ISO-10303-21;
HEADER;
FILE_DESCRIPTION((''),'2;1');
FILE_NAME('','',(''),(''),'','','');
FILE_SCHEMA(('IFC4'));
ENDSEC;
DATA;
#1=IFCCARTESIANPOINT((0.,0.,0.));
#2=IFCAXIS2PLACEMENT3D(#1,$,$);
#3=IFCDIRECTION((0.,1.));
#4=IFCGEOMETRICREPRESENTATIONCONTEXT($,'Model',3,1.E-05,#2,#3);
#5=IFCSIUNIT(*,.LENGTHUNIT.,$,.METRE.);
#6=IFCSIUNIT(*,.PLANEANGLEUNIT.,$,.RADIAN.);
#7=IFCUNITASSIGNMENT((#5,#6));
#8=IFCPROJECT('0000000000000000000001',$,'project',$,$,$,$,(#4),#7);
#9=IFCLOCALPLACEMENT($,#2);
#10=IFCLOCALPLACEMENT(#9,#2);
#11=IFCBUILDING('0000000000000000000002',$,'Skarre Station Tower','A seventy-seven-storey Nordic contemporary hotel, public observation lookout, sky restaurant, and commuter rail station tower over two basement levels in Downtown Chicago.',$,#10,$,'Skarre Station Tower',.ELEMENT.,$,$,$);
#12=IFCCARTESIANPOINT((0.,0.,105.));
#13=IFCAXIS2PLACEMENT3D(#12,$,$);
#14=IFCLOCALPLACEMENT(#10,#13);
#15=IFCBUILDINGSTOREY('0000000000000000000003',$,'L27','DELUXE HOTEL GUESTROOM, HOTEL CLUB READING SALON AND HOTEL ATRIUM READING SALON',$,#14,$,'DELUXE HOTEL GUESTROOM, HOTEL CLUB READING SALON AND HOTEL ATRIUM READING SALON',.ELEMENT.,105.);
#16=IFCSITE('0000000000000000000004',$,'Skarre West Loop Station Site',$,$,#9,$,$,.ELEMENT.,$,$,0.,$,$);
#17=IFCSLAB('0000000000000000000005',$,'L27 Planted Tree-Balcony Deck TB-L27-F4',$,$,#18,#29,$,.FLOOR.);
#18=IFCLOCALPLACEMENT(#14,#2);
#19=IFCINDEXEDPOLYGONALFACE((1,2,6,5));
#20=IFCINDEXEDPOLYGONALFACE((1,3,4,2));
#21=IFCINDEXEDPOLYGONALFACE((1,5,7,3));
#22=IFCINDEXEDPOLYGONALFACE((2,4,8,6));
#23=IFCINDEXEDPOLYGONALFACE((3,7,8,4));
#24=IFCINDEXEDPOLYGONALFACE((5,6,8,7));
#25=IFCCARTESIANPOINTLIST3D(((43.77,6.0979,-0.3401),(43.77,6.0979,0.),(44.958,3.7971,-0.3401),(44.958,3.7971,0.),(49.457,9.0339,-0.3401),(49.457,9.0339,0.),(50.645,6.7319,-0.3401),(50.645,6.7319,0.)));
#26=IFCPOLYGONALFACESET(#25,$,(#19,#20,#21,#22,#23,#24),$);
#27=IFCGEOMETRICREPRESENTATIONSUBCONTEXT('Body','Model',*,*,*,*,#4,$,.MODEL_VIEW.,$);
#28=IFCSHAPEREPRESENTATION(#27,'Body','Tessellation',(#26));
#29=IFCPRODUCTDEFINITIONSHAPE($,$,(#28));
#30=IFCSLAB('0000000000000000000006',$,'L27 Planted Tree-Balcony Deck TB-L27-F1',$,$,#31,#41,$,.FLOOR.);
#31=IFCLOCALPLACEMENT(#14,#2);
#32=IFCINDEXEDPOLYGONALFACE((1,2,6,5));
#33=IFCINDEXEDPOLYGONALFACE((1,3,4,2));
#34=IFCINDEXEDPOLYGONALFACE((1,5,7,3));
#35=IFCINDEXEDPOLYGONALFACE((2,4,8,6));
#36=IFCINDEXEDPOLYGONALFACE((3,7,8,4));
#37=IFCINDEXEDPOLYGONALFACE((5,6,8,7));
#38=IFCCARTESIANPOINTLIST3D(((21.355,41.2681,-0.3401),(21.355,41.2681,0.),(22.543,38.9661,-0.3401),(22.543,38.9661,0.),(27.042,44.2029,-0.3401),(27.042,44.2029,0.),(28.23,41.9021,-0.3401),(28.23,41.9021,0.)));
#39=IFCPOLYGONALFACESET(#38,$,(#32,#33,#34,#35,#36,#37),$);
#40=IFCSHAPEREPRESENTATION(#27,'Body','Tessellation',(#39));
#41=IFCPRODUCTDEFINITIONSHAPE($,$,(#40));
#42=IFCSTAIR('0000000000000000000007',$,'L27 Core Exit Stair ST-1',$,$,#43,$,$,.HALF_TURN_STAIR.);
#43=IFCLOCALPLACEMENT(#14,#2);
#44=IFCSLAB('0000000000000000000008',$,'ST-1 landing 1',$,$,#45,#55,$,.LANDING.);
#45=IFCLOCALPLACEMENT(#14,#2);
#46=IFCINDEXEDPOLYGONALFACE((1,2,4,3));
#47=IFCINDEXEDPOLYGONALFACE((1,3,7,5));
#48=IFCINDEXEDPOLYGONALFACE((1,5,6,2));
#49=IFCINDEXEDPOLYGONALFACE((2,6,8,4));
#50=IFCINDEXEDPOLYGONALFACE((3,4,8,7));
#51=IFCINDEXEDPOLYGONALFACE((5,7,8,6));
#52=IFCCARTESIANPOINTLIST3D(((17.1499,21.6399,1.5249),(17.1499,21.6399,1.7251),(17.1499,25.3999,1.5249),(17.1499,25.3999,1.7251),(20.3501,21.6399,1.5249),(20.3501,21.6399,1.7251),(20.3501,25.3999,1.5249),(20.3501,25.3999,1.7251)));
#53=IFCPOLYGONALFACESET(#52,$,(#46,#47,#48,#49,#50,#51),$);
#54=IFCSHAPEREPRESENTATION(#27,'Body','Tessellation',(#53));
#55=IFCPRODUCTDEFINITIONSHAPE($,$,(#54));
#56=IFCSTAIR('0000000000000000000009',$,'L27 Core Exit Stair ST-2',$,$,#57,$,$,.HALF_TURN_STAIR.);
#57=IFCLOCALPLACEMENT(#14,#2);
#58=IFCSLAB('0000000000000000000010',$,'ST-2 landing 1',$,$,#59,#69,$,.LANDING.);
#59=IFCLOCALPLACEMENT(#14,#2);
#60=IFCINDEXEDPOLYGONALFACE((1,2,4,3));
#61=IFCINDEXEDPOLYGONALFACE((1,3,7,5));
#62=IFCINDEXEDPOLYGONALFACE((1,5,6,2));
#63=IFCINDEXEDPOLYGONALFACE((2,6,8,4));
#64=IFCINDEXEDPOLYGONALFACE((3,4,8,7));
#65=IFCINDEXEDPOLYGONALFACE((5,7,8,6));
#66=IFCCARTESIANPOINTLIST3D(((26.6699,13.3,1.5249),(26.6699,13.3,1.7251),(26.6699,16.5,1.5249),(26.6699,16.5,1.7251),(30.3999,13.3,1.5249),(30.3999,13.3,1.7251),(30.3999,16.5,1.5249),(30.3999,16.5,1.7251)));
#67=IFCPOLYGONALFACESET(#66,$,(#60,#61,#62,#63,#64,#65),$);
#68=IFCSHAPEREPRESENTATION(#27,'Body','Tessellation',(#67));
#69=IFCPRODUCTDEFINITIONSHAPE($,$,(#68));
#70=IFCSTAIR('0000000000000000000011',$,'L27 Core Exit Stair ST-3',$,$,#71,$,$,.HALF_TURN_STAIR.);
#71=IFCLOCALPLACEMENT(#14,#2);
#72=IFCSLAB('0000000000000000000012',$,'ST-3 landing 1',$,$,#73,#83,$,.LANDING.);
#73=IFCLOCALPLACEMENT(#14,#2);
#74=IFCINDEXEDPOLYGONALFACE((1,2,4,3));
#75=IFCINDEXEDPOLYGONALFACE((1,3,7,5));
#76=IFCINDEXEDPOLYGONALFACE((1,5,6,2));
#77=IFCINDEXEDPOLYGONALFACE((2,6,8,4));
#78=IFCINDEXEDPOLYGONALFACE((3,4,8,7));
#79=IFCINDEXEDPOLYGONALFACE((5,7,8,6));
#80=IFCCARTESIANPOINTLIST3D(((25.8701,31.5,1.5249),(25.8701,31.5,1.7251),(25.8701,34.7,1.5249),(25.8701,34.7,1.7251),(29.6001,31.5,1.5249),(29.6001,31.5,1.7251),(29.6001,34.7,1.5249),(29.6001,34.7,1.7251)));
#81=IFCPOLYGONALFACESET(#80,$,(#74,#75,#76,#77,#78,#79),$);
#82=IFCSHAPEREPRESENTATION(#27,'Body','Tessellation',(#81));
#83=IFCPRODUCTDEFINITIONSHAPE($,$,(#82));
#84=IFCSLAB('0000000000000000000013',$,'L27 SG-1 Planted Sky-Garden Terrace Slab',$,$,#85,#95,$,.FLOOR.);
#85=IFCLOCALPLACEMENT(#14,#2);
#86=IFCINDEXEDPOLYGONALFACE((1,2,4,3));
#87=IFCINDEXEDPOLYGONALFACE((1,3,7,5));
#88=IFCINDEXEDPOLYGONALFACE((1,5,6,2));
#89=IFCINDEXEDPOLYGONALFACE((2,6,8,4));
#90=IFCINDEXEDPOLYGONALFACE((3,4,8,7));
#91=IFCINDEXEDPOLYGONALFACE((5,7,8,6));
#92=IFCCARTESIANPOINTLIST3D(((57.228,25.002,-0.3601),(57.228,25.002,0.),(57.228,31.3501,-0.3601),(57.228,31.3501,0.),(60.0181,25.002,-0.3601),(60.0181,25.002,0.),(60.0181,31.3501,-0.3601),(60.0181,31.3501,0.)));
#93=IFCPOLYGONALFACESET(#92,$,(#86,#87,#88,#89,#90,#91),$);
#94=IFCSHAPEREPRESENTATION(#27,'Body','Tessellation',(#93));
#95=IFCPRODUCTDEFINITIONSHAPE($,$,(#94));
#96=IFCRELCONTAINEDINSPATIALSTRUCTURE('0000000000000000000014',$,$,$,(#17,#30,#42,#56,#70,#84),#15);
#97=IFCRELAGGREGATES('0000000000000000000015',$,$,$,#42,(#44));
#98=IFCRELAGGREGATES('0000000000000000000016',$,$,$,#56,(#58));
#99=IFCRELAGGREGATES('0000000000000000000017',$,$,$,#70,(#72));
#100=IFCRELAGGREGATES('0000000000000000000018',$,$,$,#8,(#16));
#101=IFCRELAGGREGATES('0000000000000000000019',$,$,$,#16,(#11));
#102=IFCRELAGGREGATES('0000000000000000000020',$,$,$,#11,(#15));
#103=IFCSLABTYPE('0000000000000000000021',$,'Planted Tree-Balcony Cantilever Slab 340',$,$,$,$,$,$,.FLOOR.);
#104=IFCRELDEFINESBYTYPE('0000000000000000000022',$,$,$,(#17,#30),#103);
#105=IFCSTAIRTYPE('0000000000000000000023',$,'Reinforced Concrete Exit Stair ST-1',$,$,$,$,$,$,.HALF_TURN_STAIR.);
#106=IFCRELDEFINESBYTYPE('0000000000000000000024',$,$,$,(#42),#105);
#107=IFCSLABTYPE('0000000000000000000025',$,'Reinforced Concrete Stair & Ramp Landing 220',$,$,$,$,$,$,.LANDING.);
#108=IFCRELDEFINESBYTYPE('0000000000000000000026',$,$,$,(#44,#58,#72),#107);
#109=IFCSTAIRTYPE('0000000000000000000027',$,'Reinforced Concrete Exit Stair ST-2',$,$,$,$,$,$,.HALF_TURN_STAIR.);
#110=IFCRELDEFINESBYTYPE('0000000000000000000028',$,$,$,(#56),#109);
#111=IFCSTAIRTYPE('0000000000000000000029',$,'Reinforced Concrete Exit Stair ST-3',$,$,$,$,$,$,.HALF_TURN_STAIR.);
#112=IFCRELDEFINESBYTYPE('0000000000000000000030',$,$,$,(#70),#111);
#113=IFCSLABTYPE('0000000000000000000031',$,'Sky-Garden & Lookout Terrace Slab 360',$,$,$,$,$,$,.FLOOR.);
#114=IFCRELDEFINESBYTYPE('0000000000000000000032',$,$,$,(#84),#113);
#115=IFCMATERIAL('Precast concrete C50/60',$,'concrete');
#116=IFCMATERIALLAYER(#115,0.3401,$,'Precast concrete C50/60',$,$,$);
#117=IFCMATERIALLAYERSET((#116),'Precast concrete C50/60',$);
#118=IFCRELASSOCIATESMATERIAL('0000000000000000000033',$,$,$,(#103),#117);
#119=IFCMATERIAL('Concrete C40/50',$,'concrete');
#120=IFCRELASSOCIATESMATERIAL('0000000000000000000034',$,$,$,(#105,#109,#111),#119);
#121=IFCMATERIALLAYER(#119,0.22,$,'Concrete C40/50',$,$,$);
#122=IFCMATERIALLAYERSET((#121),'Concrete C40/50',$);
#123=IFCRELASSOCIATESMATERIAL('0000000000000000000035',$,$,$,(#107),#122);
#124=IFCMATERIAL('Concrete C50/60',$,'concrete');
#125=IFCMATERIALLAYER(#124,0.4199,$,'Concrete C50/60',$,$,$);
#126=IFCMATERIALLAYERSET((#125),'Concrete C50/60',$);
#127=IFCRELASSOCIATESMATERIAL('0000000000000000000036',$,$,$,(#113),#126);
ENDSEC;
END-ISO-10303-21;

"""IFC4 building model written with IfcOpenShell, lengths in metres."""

from ifc_helpers import new_model, si_unit, direction, frame, origin, place, context, subcontext, project, spatial, polyline, outline, extrude, material, layer, layer_set, type_object, element, aggregate, save


model = new_model("IFC4")

# Units and contexts
model_context = context("Model", 3, precision=1e-05, world=origin(), true_north=direction((0.0, 1.0)))
body_context = subcontext(model_context, "Body", "Model", "MODEL_VIEW")
ifc_project = project(units=[si_unit("LENGTHUNIT", "METRE"), si_unit("PLANEANGLEUNIT", "RADIAN")], contexts=[model_context])

# Site, building, storey
site_placement = place(None, origin())
site = spatial("IfcSite", under=ifc_project, at=site_placement, Name="Skarre West Loop Station Site", CompositionType="ELEMENT", RefElevation=0.0)
building_placement = place(site_placement, origin())
building = spatial("IfcBuilding", under=site, at=building_placement, Name="Skarre Station Tower", Description="A seventy-seven-storey Nordic contemporary hotel, public observation lookout, sky restaurant, and commuter rail station tower over two basement levels in Downtown Chicago.", LongName="Skarre Station Tower", CompositionType="ELEMENT")
storey_placement = place(building_placement, frame((0.0, 0.0, 105.0)))
storey = spatial("IfcBuildingStorey", under=building, at=storey_placement, Name="L27", Description="DELUXE HOTEL GUESTROOM, HOTEL CLUB READING SALON AND HOTEL ATRIUM READING SALON", LongName="DELUXE HOTEL GUESTROOM, HOTEL CLUB READING SALON AND HOTEL ATRIUM READING SALON", CompositionType="ELEMENT", Elevation=105.0)

# Slabs
ifc_material_1 = material(Name="Precast concrete C50/60", Category="concrete")
ifc_layer_1 = layer(ifc_material_1, 0.3401, Name="Precast concrete C50/60")
ifc_layer_set_1 = layer_set([ifc_layer_1], Name="Precast concrete C50/60")
slab_type_1 = type_object("IfcSlabType", Name="Planted Tree-Balcony Cantilever Slab 340", PredefinedType="FLOOR", material=ifc_layer_set_1)
slab_1_placement = place(storey_placement, frame((0.0, 0.0, -0.3401)))
element("IfcSlab", 1, at=slab_1_placement, inside=storey, type_object=slab_type_1, Name="L27 Planted Tree-Balcony Deck TB-L27-F4", PredefinedType="FLOOR", context=body_context, shape_type="SweptSolid", body=[
    extrude(outline(polyline([(43.77, 6.0979), (49.457, 9.0339), (50.645, 6.7319), (44.958, 3.7971), (43.77, 6.0979)])), origin(), (0.0, 0.0, 1.0), 0.3401),
])
slab_2_placement = place(storey_placement, frame((0.0, 0.0, -0.3401)))
element("IfcSlab", 2, at=slab_2_placement, inside=storey, type_object=slab_type_1, Name="L27 Planted Tree-Balcony Deck TB-L27-F1", PredefinedType="FLOOR", context=body_context, shape_type="SweptSolid", body=[
    extrude(outline(polyline([(28.23, 41.9021), (22.543, 38.9661), (21.355, 41.2681), (27.042, 44.2029), (28.23, 41.9021)])), origin(), (0.0, 0.0, 1.0), 0.3401),
])

# Stairs, slabs
ifc_material_2 = material(Name="Concrete C40/50", Category="concrete")
stair_type_1 = type_object("IfcStairType", Name="Reinforced Concrete Exit Stair ST-1", PredefinedType="HALF_TURN_STAIR", material=ifc_material_2)
stair_1_placement = place(storey_placement, origin())
stair_1 = element("IfcStair", 3, at=stair_1_placement, inside=storey, type_object=stair_type_1, Name="L27 Core Exit Stair ST-1", PredefinedType="HALF_TURN_STAIR")
ifc_layer_2 = layer(ifc_material_2, 0.22, Name="Concrete C40/50")
ifc_layer_set_2 = layer_set([ifc_layer_2], Name="Concrete C40/50")
slab_type_2 = type_object("IfcSlabType", Name="Reinforced Concrete Stair & Ramp Landing 220", PredefinedType="LANDING", material=ifc_layer_set_2)
slab_3_placement = place(storey_placement, frame((0.0, 0.0, 1.5249)))
slab_3 = element("IfcSlab", 4, at=slab_3_placement, type_object=slab_type_2, Name="ST-1 landing 1", PredefinedType="LANDING", context=body_context, shape_type="SweptSolid", body=[
    extrude(outline(polyline([(20.3501, 21.6399), (20.3501, 25.3999), (17.1499, 25.3999), (17.1499, 21.6399), (20.3501, 21.6399)])), origin(), (0.0, 0.0, 1.0), 0.2002),
])
aggregate(stair_1, [slab_3])
stair_type_2 = type_object("IfcStairType", Name="Reinforced Concrete Exit Stair ST-2", PredefinedType="HALF_TURN_STAIR", material=ifc_material_2)
stair_2_placement = place(storey_placement, origin())
stair_2 = element("IfcStair", 5, at=stair_2_placement, inside=storey, type_object=stair_type_2, Name="L27 Core Exit Stair ST-2", PredefinedType="HALF_TURN_STAIR")
slab_4_placement = place(storey_placement, frame((0.0, 0.0, 1.5249)))
slab_4 = element("IfcSlab", 6, at=slab_4_placement, type_object=slab_type_2, Name="ST-2 landing 1", PredefinedType="LANDING", context=body_context, shape_type="SweptSolid", body=[
    extrude(outline(polyline([(26.6699, 13.3), (30.3999, 13.3), (30.3999, 16.5), (26.6699, 16.5), (26.6699, 13.3)])), origin(), (0.0, 0.0, 1.0), 0.2002),
])
aggregate(stair_2, [slab_4])
stair_type_3 = type_object("IfcStairType", Name="Reinforced Concrete Exit Stair ST-3", PredefinedType="HALF_TURN_STAIR", material=ifc_material_2)
stair_3_placement = place(storey_placement, origin())
stair_3 = element("IfcStair", 7, at=stair_3_placement, inside=storey, type_object=stair_type_3, Name="L27 Core Exit Stair ST-3", PredefinedType="HALF_TURN_STAIR")
slab_5_placement = place(storey_placement, frame((0.0, 0.0, 1.5249)))
slab_5 = element("IfcSlab", 8, at=slab_5_placement, type_object=slab_type_2, Name="ST-3 landing 1", PredefinedType="LANDING", context=body_context, shape_type="SweptSolid", body=[
    extrude(outline(polyline([(25.8701, 31.5), (29.6001, 31.5), (29.6001, 34.7), (25.8701, 34.7), (25.8701, 31.5)])), origin(), (0.0, 0.0, 1.0), 0.2002),
])
aggregate(stair_3, [slab_5])

# Slab
ifc_material_3 = material(Name="Concrete C50/60", Category="concrete")
ifc_layer_3 = layer(ifc_material_3, 0.4199, Name="Concrete C50/60")
ifc_layer_set_3 = layer_set([ifc_layer_3], Name="Concrete C50/60")
slab_type_3 = type_object("IfcSlabType", Name="Sky-Garden & Lookout Terrace Slab 360", PredefinedType="FLOOR", material=ifc_layer_set_3)
slab_6_placement = place(storey_placement, frame((0.0, 0.0, -0.3601)))
element("IfcSlab", 9, at=slab_6_placement, inside=storey, type_object=slab_type_3, Name="L27 SG-1 Planted Sky-Garden Terrace Slab", PredefinedType="FLOOR", context=body_context, shape_type="SweptSolid", body=[
    extrude(outline(polyline([(57.228, 31.3501), (57.228, 25.002), (60.0181, 25.002), (60.0181, 31.3501), (57.228, 31.3501)])), origin(), (0.0, 0.0, 1.0), 0.3601),
])

save(model, "model.ifc")
